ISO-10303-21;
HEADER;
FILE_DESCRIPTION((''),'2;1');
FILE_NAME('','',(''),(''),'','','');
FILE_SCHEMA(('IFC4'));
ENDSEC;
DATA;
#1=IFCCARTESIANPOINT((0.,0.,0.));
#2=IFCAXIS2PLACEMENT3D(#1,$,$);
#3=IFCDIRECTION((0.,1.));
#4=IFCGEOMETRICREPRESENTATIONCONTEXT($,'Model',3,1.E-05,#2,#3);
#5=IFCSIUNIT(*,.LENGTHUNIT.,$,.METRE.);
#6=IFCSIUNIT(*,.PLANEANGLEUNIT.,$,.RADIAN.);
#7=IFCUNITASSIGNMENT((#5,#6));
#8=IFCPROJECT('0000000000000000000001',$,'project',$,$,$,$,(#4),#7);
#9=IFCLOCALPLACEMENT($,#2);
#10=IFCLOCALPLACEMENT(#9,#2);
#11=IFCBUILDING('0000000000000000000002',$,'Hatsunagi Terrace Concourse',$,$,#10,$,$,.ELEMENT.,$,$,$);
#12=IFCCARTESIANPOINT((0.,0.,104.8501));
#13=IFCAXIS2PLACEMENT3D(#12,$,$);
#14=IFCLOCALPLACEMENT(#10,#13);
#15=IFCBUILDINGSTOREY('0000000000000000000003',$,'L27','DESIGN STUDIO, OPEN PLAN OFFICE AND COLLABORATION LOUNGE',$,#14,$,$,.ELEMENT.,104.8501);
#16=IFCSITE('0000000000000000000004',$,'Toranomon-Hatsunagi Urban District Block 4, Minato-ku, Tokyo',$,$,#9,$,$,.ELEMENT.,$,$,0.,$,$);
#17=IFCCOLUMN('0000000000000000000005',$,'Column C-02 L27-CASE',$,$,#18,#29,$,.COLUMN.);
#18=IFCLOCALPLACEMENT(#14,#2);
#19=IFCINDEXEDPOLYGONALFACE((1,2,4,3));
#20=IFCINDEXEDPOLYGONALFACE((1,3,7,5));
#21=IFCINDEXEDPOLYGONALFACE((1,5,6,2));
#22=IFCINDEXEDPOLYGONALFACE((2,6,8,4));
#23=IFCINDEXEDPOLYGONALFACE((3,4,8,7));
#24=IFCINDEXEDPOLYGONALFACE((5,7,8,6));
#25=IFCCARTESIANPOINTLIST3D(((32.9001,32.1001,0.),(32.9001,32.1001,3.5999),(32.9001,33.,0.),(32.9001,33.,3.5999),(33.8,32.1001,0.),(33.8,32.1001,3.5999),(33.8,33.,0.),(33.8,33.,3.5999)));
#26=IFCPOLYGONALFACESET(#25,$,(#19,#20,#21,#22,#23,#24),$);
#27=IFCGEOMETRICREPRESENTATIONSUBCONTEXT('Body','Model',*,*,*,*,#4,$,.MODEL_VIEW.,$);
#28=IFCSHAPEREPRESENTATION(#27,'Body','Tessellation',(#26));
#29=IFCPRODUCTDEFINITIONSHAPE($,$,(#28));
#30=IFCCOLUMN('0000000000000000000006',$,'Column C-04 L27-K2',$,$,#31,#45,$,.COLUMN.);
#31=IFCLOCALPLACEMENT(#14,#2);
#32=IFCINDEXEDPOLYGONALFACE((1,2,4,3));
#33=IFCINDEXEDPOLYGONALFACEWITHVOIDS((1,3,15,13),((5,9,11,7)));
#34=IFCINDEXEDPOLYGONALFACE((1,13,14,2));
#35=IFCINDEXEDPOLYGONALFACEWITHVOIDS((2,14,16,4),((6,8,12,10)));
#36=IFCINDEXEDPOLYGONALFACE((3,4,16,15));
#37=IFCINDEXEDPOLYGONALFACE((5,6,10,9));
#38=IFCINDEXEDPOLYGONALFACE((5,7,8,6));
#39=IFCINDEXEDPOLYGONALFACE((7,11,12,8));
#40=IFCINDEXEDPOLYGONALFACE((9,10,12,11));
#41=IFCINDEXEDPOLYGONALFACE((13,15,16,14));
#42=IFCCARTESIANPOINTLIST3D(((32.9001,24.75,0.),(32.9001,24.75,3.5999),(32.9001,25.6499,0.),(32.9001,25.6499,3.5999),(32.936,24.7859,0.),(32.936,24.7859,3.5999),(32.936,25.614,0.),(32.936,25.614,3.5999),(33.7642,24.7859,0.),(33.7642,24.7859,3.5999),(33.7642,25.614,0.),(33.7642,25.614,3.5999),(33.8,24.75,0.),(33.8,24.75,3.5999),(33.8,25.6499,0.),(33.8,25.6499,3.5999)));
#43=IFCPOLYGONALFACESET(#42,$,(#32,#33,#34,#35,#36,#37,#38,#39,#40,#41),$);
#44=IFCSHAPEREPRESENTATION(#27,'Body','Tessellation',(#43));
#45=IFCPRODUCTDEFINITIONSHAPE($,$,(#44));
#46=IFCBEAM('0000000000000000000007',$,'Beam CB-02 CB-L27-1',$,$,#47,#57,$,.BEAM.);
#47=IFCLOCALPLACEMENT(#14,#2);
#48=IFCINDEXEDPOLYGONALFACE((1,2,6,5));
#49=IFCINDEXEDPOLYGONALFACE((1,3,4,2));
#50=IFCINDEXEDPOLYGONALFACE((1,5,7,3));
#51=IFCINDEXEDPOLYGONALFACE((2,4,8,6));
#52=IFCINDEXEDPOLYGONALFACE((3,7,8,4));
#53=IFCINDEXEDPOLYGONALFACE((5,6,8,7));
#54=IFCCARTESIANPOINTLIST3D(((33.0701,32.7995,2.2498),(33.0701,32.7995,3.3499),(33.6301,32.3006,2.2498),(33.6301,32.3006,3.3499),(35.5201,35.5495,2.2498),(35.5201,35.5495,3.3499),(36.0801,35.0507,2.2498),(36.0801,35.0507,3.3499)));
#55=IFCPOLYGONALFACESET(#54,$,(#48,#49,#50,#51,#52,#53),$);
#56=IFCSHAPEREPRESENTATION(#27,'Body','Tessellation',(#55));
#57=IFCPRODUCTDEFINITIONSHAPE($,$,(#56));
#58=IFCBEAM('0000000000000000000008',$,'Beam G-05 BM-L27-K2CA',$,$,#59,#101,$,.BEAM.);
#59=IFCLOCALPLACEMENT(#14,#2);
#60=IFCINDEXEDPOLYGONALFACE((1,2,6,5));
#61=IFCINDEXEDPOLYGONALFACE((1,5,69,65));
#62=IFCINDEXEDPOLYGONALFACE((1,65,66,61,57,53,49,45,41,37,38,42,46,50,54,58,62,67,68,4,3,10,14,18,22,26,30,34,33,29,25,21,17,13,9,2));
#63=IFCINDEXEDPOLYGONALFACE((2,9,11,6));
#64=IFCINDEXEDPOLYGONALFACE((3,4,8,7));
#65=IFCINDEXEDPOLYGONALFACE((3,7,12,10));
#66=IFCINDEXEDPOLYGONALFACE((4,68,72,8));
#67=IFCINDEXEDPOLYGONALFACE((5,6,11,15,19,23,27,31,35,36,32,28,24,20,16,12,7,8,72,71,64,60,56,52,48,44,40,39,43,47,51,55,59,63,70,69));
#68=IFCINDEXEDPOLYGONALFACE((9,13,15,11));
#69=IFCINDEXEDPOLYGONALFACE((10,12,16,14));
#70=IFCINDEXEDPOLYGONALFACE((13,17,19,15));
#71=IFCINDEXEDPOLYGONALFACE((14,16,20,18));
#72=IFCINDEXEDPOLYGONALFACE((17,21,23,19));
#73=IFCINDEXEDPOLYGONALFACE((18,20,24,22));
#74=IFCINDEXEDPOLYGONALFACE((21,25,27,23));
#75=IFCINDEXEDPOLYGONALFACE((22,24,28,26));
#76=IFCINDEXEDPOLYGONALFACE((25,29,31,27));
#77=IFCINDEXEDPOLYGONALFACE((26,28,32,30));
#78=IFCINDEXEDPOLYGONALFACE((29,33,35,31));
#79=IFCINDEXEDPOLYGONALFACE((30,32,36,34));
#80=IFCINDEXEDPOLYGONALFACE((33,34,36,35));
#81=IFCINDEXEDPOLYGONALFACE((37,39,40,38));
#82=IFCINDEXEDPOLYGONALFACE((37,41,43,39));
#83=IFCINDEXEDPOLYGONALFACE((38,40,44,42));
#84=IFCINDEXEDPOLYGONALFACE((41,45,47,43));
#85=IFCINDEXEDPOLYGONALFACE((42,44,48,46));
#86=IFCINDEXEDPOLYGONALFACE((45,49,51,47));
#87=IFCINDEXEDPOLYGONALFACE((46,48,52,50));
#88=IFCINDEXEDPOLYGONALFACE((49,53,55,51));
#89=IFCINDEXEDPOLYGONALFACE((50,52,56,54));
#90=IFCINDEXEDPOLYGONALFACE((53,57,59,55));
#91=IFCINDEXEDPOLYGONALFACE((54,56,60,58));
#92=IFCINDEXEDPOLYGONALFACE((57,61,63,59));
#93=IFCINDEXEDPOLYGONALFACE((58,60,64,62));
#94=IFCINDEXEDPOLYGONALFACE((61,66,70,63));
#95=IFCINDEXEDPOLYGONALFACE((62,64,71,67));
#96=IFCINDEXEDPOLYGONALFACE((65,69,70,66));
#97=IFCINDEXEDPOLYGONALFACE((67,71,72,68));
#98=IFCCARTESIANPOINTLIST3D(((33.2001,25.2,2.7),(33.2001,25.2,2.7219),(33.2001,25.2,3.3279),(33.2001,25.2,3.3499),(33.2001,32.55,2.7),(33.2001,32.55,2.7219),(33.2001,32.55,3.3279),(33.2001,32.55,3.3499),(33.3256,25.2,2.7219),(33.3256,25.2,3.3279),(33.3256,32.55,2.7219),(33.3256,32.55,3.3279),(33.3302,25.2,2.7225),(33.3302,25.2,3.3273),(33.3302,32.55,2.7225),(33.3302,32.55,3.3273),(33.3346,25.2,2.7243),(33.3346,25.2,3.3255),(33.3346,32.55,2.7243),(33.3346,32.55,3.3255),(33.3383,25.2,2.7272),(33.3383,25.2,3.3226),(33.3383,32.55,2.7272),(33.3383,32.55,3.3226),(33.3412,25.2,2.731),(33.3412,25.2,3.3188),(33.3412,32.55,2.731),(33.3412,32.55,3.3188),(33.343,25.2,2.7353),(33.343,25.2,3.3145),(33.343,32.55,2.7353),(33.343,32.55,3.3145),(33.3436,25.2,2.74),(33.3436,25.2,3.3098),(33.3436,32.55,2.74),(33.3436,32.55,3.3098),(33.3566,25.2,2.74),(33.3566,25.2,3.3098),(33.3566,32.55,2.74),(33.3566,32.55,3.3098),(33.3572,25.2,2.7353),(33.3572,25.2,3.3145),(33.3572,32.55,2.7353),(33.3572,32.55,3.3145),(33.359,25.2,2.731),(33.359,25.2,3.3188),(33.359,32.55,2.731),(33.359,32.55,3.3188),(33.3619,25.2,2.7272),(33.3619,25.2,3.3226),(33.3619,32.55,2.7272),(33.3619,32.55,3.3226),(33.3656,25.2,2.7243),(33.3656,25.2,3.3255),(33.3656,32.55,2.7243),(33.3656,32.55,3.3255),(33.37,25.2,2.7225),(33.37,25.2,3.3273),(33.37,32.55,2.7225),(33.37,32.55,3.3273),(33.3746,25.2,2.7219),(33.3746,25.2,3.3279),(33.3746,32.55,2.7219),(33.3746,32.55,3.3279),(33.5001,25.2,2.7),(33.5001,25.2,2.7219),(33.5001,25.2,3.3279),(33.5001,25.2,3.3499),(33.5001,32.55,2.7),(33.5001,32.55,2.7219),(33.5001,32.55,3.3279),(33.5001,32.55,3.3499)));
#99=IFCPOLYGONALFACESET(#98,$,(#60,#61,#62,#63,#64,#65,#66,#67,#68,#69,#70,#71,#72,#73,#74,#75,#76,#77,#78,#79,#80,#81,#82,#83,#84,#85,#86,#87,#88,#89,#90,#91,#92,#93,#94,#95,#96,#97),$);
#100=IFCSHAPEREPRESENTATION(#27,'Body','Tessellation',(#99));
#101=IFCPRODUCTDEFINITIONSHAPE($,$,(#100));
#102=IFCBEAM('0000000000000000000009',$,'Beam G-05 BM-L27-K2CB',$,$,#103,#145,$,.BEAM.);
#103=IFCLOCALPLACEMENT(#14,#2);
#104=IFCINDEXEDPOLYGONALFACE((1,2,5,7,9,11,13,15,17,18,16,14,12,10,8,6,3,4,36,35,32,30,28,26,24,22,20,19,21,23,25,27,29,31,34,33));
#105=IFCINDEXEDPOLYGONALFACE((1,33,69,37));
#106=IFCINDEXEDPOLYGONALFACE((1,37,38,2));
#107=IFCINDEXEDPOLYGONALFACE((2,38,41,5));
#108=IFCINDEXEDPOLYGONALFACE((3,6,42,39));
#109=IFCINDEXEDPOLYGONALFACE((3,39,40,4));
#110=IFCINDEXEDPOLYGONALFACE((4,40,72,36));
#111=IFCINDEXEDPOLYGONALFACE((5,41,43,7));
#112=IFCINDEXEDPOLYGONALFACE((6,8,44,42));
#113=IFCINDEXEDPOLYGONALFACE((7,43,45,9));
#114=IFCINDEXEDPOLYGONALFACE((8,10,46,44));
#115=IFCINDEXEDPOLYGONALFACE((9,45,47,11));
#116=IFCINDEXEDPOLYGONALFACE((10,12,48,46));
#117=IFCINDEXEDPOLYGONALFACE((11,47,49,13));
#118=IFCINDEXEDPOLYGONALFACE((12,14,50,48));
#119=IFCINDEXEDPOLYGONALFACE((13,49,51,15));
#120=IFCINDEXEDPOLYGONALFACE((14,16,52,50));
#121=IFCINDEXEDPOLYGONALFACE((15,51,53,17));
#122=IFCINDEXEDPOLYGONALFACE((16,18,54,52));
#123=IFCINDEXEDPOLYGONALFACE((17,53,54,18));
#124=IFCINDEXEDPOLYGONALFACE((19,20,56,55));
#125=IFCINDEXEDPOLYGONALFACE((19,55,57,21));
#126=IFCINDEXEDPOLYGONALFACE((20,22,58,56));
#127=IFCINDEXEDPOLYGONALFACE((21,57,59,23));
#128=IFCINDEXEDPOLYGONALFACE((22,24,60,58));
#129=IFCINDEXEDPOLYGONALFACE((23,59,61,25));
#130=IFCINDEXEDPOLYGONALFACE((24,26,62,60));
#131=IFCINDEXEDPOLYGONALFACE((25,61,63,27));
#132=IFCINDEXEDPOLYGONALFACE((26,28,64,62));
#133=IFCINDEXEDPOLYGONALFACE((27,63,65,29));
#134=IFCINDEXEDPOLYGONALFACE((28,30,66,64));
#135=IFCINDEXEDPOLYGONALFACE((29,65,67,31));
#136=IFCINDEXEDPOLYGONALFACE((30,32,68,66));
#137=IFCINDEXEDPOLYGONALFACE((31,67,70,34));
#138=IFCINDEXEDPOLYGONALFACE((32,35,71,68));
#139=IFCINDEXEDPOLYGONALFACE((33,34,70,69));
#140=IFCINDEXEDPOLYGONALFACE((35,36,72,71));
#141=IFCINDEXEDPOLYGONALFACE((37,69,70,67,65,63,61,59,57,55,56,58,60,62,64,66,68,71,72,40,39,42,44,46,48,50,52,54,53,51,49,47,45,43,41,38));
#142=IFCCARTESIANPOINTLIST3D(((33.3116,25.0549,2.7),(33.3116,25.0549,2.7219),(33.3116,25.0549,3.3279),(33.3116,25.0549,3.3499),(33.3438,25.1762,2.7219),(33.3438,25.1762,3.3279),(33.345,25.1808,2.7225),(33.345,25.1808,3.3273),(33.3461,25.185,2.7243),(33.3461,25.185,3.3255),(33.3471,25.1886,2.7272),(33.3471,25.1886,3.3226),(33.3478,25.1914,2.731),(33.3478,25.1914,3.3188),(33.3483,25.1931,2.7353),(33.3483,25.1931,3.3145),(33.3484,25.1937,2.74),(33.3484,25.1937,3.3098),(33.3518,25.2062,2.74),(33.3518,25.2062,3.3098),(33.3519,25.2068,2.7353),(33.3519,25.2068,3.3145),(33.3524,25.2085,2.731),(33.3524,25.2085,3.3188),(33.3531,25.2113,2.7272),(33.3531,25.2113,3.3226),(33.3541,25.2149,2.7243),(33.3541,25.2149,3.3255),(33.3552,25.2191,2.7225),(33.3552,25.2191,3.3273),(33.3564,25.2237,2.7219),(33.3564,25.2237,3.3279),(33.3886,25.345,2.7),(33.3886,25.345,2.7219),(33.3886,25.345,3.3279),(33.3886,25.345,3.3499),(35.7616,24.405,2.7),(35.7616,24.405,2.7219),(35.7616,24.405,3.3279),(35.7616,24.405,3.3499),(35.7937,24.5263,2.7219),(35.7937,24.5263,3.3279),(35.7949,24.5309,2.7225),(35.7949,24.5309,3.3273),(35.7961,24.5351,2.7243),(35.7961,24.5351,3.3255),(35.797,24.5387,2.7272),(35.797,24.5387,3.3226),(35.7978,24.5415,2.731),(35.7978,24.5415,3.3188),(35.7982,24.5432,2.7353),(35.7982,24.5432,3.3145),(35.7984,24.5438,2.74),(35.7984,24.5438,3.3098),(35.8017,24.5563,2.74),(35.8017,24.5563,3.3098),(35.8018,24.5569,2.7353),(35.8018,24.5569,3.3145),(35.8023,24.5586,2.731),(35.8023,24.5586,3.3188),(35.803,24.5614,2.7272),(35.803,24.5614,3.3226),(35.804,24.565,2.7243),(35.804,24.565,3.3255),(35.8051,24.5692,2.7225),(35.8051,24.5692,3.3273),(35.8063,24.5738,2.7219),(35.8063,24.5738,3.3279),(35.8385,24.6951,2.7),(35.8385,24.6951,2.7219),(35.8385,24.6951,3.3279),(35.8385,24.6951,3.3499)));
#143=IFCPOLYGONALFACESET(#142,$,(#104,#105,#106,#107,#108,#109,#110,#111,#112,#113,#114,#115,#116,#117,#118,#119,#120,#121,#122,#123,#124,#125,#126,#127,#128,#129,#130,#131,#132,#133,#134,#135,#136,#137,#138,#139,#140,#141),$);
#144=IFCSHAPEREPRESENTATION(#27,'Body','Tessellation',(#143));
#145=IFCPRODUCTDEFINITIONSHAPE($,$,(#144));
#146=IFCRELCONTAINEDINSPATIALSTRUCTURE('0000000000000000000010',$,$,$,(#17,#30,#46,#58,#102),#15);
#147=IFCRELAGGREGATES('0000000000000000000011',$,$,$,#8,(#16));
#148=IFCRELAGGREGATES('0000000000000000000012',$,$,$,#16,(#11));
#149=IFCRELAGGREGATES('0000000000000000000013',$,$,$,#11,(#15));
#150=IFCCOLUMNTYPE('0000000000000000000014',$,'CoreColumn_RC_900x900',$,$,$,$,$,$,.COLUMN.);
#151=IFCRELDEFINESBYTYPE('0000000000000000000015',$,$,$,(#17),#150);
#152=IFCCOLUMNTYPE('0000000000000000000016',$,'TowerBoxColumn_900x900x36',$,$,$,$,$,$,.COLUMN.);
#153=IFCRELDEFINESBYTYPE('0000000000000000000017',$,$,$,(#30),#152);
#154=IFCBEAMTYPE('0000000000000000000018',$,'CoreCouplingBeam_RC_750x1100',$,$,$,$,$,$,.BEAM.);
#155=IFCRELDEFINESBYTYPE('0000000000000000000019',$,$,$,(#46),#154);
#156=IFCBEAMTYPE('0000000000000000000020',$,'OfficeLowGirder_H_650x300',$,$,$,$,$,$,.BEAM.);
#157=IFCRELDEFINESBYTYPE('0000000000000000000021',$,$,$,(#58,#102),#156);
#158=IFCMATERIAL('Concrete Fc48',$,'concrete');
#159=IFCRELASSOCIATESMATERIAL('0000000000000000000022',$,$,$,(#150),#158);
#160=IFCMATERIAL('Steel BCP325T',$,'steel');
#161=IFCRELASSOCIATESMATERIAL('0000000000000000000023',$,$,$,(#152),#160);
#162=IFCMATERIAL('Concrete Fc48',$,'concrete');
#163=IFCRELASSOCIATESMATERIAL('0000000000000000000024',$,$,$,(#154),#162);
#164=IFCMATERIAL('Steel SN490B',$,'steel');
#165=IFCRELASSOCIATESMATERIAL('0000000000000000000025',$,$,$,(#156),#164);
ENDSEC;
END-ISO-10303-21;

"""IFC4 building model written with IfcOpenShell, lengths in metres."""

from ifc_helpers import new_model, si_unit, direction, frame, origin, origin_2d, place, context, subcontext, project, spatial, rectangle, hollow_rectangle, i_section, extrude, material, material_profile, profile_set, type_object, element, save


model = new_model("IFC4")

# Units and contexts
model_context = context("Model", 3, precision=1e-05, world=origin(), true_north=direction((0.0, 1.0)))
body_context = subcontext(model_context, "Body", "Model", "MODEL_VIEW")
ifc_project = project(units=[si_unit("LENGTHUNIT", "METRE"), si_unit("PLANEANGLEUNIT", "RADIAN")], contexts=[model_context])

# Site, building, storey
site_placement = place(None, origin())
site = spatial("IfcSite", under=ifc_project, at=site_placement, Name="Toranomon-Hatsunagi Urban District Block 4, Minato-ku, Tokyo", CompositionType="ELEMENT", RefElevation=0.0)
building_placement = place(site_placement, origin())
building = spatial("IfcBuilding", under=site, at=building_placement, Name="Hatsunagi Terrace Concourse", CompositionType="ELEMENT")
storey_placement = place(building_placement, frame((0.0, 0.0, 104.8501)))
storey = spatial("IfcBuildingStorey", under=building, at=storey_placement, Name="L27", Description="DESIGN STUDIO, OPEN PLAN OFFICE AND COLLABORATION LOUNGE", CompositionType="ELEMENT", Elevation=104.8501)

# Columns
ifc_material_1 = material(Name="Concrete Fc48", Category="concrete")
ifc_material_profile_1 = material_profile(ifc_material_1, rectangle(XDim=0.8999, YDim=0.8999, at=origin_2d()), Name="RC-900x900")
ifc_profile_set_1 = profile_set([ifc_material_profile_1], Name="Concrete Fc48")
column_type_1 = type_object("IfcColumnType", Name="CoreColumn_RC_900x900", PredefinedType="COLUMN", material=ifc_profile_set_1)
column_1_placement = place(storey_placement, frame((33.3501, 32.55, 0.0), z_axis=(0.0, 0.0, 1.0), x_axis=(1.0, 0.0, 0.0)))
element("IfcColumn", 1, at=column_1_placement, inside=storey, type_object=column_type_1, Name="Column C-02 L27-CASE", PredefinedType="COLUMN", context=body_context, shape_type="SweptSolid", body=[
    extrude(rectangle(XDim=0.8999, YDim=0.8999, at=origin_2d()), origin(), (0.0, 0.0, 1.0), 3.5999),
])
ifc_material_2 = material(Name="Steel BCP325T", Category="steel")
ifc_material_profile_2 = material_profile(ifc_material_2, hollow_rectangle(XDim=0.8999, YDim=0.8999, WallThickness=0.0359, at=origin_2d()), Name="BCP-900x900x36")
ifc_profile_set_2 = profile_set([ifc_material_profile_2], Name="Steel BCP325T")
column_type_2 = type_object("IfcColumnType", Name="TowerBoxColumn_900x900x36", PredefinedType="COLUMN", material=ifc_profile_set_2)
column_2_placement = place(storey_placement, frame((33.3501, 25.2, 0.0), z_axis=(0.0, 0.0, 1.0), x_axis=(1.0, 0.0, 0.0)))
element("IfcColumn", 2, at=column_2_placement, inside=storey, type_object=column_type_2, Name="Column C-04 L27-K2", PredefinedType="COLUMN", context=body_context, shape_type="SweptSolid", body=[
    extrude(hollow_rectangle(XDim=0.8999, YDim=0.8999, WallThickness=0.0359, at=origin_2d()), origin(), (0.0, 0.0, 1.0), 3.5999),
])

# Beams
ifc_material_3 = material(Name="Concrete Fc48", Category="concrete")
ifc_material_profile_3 = material_profile(ifc_material_3, rectangle(XDim=0.75, YDim=1.1001, at=origin_2d()), Name="RC-750x1100")
ifc_profile_set_3 = profile_set([ifc_material_profile_3], Name="Concrete Fc48")
beam_type_1 = type_object("IfcBeamType", Name="CoreCouplingBeam_RC_750x1100", PredefinedType="BEAM", material=ifc_profile_set_3)
beam_1_placement = place(storey_placement, frame((33.3501, 32.55, 2.7998), z_axis=(0.665199, 0.746666, 0.0), x_axis=(-0.746666, 0.665199, 0.0)))
element("IfcBeam", 3, at=beam_1_placement, inside=storey, type_object=beam_type_1, Name="Beam CB-02 CB-L27-1", PredefinedType="BEAM", context=body_context, shape_type="SweptSolid", body=[
    extrude(rectangle(XDim=0.75, YDim=1.1001, at=origin_2d()), origin(), (0.0, 0.0, 1.0), 3.6831),
])
ifc_material_4 = material(Name="Steel SN490B", Category="steel")
ifc_material_profile_4 = material_profile(ifc_material_4, i_section(OverallWidth=0.3, OverallDepth=0.6499, WebThickness=0.0129, FlangeThickness=0.022, FilletRadius=0.0181, at=origin_2d()), Name="H-650x300x13x22")
ifc_profile_set_4 = profile_set([ifc_material_profile_4], Name="Steel SN490B")
beam_type_2 = type_object("IfcBeamType", Name="OfficeLowGirder_H_650x300", PredefinedType="BEAM", material=ifc_profile_set_4)
beam_2_placement = place(storey_placement, frame((33.3501, 25.2, 3.0249), z_axis=(0.0, 1.0, 0.0), x_axis=(-1.0, 0.0, 0.0)))
element("IfcBeam", 4, at=beam_2_placement, inside=storey, type_object=beam_type_2, Name="Beam G-05 BM-L27-K2CA", PredefinedType="BEAM", context=body_context, shape_type="SweptSolid", body=[
    extrude(i_section(OverallWidth=0.3, OverallDepth=0.6499, WebThickness=0.0129, FlangeThickness=0.022, FilletRadius=0.0181, at=origin_2d()), origin(), (0.0, 0.0, 1.0), 7.3501),
])
beam_3_placement = place(storey_placement, frame((33.3501, 25.2, 3.0249), z_axis=(0.96657, -0.256403, 0.0), x_axis=(0.256403, 0.96657, 0.0)))
element("IfcBeam", 5, at=beam_3_placement, inside=storey, type_object=beam_type_2, Name="Beam G-05 BM-L27-K2CB", PredefinedType="BEAM", context=body_context, shape_type="SweptSolid", body=[
    extrude(i_section(OverallWidth=0.3, OverallDepth=0.6499, WebThickness=0.0129, FlangeThickness=0.022, FilletRadius=0.0181, at=origin_2d()), origin(), (0.0, 0.0, 1.0), 2.5347),
])

save(model, "model.ifc")
